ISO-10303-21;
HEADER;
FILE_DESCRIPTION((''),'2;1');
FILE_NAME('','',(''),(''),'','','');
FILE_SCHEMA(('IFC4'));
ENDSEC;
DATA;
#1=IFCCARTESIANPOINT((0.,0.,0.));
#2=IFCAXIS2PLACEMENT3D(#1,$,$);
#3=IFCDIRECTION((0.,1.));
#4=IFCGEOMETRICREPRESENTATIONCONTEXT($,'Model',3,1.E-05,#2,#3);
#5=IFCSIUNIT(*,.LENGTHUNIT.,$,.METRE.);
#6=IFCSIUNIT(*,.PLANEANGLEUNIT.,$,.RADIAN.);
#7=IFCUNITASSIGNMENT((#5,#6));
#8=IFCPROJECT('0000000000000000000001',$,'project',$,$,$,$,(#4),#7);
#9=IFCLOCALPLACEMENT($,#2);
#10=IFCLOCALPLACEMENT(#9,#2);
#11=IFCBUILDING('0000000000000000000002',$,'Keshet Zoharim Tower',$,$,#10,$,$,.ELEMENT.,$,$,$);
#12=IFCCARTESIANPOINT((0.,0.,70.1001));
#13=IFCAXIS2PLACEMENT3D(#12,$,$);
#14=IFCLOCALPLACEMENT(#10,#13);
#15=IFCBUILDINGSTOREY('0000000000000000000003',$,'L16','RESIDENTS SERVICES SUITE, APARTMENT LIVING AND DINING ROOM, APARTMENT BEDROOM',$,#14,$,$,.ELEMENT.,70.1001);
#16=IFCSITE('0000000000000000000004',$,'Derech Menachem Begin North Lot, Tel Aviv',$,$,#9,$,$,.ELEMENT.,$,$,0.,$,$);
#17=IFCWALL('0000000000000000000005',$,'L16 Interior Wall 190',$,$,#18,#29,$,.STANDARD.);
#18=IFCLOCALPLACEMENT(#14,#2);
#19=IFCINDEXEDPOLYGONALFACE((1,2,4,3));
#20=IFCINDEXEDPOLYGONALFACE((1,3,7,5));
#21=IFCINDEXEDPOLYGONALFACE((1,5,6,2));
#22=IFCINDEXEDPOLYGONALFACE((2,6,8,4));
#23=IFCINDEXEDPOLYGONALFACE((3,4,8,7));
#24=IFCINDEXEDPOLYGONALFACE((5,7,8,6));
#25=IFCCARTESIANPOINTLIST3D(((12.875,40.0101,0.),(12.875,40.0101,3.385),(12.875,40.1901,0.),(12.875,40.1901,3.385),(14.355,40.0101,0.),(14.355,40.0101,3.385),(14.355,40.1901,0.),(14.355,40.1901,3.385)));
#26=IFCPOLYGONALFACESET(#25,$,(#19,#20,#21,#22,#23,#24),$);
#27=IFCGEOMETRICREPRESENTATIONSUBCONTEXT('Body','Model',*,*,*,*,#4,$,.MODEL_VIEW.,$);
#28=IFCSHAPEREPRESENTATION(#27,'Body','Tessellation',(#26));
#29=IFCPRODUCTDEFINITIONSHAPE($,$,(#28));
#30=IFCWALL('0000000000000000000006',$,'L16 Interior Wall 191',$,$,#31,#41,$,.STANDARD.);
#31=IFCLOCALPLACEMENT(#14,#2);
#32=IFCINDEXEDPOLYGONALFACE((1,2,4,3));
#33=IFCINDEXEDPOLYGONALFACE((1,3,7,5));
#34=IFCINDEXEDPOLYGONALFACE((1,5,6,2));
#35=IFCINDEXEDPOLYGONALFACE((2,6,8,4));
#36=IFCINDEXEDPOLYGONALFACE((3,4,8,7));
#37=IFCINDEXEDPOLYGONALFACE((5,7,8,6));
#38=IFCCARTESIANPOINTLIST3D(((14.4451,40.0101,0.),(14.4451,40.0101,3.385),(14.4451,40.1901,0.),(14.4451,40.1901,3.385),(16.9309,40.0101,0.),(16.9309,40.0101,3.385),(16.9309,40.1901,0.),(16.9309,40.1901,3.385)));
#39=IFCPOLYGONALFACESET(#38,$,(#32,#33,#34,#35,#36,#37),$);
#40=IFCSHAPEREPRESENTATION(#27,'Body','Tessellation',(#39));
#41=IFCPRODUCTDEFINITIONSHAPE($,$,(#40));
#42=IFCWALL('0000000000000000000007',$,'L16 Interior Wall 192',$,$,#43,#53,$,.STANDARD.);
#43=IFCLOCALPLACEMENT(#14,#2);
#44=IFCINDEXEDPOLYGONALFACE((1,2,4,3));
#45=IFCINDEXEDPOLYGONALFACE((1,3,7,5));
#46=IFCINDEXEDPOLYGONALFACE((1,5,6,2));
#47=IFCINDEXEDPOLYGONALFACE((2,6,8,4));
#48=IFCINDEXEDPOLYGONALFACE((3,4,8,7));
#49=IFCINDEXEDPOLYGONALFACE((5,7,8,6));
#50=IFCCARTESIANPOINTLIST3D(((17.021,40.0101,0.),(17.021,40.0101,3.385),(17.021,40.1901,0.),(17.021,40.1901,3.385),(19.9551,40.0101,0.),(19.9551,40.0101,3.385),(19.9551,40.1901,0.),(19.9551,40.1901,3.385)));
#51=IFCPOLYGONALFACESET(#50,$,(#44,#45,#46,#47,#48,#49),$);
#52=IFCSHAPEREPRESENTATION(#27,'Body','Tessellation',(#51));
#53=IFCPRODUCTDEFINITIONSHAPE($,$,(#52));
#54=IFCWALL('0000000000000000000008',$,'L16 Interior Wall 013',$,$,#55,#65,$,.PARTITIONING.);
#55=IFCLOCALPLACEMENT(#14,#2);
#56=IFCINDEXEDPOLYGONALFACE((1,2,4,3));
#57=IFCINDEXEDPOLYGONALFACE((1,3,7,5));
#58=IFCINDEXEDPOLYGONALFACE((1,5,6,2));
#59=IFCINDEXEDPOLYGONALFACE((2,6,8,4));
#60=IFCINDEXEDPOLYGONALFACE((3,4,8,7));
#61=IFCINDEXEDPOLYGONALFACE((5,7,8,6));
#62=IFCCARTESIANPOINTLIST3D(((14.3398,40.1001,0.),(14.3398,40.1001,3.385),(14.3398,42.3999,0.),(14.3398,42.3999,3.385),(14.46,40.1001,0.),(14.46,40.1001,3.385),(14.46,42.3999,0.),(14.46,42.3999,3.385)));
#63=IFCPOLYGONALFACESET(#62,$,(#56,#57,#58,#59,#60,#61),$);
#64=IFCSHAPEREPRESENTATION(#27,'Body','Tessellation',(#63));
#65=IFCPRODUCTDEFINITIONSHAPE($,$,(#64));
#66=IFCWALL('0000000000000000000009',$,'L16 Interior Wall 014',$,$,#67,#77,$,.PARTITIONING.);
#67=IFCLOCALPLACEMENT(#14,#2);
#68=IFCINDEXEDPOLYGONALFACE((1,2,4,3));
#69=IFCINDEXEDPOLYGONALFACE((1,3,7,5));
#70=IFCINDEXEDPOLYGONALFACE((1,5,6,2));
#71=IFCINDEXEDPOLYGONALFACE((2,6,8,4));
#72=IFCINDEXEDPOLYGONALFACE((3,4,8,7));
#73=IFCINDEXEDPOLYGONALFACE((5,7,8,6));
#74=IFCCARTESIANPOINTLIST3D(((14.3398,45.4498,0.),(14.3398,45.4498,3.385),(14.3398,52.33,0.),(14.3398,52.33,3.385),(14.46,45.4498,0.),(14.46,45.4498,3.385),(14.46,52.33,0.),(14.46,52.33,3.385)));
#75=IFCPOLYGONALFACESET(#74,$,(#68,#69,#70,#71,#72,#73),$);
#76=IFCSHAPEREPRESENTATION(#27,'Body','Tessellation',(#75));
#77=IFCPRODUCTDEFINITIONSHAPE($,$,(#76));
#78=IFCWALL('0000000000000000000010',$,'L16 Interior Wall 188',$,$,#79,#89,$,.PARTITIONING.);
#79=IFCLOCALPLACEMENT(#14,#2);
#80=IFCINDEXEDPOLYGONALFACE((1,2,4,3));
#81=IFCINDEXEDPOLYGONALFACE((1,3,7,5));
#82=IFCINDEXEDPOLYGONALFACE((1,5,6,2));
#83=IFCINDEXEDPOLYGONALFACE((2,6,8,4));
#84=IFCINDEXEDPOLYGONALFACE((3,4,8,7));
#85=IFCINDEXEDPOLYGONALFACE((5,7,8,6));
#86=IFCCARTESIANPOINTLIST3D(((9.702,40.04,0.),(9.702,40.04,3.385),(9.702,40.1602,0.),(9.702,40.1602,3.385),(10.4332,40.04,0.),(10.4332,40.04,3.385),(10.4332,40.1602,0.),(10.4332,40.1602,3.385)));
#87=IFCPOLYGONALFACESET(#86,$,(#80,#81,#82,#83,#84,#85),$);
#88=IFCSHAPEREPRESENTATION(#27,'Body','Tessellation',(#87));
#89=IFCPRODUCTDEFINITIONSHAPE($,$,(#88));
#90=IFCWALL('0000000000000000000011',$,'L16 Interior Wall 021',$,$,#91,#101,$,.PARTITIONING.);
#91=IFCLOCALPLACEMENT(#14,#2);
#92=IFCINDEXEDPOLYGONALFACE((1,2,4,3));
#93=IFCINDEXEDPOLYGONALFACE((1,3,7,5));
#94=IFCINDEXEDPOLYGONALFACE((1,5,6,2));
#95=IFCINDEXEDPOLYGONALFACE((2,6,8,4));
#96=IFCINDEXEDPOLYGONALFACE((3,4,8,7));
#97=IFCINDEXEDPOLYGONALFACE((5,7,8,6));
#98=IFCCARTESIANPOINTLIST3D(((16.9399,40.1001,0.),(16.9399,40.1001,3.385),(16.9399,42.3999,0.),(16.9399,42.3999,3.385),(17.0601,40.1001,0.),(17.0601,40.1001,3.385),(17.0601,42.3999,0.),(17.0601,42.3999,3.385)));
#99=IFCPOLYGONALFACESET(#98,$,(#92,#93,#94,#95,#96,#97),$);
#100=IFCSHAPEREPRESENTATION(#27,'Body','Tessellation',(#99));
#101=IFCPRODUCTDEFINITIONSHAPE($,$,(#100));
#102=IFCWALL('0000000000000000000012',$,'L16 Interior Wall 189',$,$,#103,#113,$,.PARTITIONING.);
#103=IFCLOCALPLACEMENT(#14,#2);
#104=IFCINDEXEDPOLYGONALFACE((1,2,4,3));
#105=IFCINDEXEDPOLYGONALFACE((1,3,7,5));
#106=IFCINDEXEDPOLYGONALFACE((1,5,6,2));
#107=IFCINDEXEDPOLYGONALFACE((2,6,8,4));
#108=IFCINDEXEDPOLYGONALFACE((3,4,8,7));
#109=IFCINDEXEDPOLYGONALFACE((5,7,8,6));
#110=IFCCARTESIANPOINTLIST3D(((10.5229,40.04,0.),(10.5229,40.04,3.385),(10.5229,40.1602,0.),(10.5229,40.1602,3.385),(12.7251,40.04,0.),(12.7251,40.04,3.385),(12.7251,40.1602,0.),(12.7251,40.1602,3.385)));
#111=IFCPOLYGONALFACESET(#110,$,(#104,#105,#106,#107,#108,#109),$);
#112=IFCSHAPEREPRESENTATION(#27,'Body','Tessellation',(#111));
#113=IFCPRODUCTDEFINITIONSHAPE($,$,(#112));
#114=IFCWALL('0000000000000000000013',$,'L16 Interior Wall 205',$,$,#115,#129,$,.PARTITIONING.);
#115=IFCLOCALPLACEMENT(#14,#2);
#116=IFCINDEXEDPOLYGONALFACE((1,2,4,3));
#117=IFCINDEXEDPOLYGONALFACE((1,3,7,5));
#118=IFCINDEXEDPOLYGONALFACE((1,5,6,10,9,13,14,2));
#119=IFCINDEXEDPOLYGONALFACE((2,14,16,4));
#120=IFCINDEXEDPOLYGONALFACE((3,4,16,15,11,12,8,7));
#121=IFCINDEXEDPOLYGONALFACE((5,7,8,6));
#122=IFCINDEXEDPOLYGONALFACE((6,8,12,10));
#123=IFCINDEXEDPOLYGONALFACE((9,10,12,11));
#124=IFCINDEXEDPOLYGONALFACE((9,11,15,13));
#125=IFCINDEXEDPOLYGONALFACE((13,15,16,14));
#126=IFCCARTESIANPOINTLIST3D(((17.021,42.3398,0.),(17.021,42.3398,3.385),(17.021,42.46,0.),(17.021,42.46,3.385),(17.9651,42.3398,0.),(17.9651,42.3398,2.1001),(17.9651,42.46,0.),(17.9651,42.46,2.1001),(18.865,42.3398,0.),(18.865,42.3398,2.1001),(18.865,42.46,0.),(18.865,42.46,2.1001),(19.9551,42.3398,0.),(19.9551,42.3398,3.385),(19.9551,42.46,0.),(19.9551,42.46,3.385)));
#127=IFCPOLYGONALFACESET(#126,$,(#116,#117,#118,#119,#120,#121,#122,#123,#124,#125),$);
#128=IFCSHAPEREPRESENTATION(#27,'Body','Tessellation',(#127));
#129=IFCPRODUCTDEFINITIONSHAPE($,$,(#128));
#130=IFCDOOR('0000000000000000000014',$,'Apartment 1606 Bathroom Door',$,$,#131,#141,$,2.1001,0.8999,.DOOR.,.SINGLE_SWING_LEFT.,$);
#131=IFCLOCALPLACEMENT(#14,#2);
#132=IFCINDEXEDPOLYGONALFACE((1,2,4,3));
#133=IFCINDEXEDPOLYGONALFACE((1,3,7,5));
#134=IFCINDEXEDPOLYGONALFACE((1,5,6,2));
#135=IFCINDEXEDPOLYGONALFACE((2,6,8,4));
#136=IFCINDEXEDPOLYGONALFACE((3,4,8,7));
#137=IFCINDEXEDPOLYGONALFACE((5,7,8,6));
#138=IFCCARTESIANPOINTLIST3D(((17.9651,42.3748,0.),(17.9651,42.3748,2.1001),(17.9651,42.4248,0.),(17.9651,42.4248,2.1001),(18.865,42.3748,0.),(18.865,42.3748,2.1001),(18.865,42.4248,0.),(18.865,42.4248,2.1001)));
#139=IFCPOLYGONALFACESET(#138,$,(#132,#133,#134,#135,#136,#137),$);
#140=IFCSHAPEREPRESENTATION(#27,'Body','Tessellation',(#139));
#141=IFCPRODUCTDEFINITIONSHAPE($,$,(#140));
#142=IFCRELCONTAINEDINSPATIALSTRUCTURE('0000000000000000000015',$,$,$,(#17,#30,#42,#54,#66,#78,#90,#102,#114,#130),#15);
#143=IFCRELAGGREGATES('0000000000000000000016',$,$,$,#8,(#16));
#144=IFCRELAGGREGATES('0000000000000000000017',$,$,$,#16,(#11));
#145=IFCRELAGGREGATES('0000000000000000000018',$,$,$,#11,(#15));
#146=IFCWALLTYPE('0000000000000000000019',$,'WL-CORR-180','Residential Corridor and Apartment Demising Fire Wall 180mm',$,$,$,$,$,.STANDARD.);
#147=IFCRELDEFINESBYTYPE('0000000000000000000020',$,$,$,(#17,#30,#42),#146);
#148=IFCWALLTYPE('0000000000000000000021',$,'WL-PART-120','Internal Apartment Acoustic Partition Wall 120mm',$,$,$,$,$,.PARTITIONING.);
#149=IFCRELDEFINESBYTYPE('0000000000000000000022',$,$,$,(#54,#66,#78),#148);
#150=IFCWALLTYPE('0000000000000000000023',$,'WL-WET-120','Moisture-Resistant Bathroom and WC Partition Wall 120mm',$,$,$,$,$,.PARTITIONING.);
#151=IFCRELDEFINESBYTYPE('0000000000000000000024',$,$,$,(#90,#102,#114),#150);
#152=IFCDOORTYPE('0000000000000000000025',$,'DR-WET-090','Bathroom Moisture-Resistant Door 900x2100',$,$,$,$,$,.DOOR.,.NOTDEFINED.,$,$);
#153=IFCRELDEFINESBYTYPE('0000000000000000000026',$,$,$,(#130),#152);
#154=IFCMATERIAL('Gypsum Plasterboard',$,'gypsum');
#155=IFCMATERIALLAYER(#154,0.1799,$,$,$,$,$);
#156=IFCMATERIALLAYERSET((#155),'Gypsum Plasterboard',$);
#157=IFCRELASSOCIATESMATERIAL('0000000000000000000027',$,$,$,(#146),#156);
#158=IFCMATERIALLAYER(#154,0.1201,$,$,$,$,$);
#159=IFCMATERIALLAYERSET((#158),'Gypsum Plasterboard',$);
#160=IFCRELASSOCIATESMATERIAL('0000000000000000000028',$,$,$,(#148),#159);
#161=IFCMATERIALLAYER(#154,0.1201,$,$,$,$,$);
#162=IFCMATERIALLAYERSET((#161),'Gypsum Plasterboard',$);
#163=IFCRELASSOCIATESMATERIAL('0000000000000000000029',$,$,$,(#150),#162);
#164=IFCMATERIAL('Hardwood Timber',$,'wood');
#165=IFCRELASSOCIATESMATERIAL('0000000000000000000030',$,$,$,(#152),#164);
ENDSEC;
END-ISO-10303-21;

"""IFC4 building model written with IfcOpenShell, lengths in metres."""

from ifc_helpers import new_model, si_unit, direction, frame, frame_2d, origin, place, context, subcontext, project, spatial, rectangle, extrude, material, layer, layer_set, type_object, element, fill, save


model = new_model("IFC4")

# Units and contexts
model_context = context("Model", 3, precision=1e-05, world=origin(), true_north=direction((0.0, 1.0)))
body_context = subcontext(model_context, "Body", "Model", "MODEL_VIEW")
ifc_project = project(units=[si_unit("LENGTHUNIT", "METRE"), si_unit("PLANEANGLEUNIT", "RADIAN")], contexts=[model_context])

# Site, building, storey
site_placement = place(None, origin())
site = spatial("IfcSite", under=ifc_project, at=site_placement, Name="Derech Menachem Begin North Lot, Tel Aviv", CompositionType="ELEMENT", RefElevation=0.0)
building_placement = place(site_placement, origin())
building = spatial("IfcBuilding", under=site, at=building_placement, Name="Keshet Zoharim Tower", CompositionType="ELEMENT")
storey_placement = place(building_placement, frame((0.0, 0.0, 70.1001)))
storey = spatial("IfcBuildingStorey", under=building, at=storey_placement, Name="L16", Description="RESIDENTS SERVICES SUITE, APARTMENT LIVING AND DINING ROOM, APARTMENT BEDROOM", CompositionType="ELEMENT", Elevation=70.1001)

# Walls
ifc_material_1 = material(Name="Gypsum Plasterboard", Category="gypsum")
ifc_layer_1 = layer(ifc_material_1, 0.1799)
ifc_layer_set_1 = layer_set([ifc_layer_1], Name="Gypsum Plasterboard")
wall_type_1 = type_object("IfcWallType", Name="WL-CORR-180", Description="Residential Corridor and Apartment Demising Fire Wall 180mm", PredefinedType="STANDARD", material=ifc_layer_set_1)
wall_1_placement = place(storey_placement, frame((12.875, 40.1001, 0.0), z_axis=(0.0, 0.0, 1.0), x_axis=(1.0, 0.0, 0.0)))
element("IfcWall", 1, at=wall_1_placement, inside=storey, type_object=wall_type_1, Name="L16 Interior Wall 190", PredefinedType="STANDARD", context=body_context, shape_type="SweptSolid", body=[
    extrude(rectangle(XDim=1.48, YDim=0.1799, at=frame_2d((0.74, 0.0))), origin(), (0.0, 0.0, 1.0), 3.385),
])
wall_2_placement = place(storey_placement, frame((14.4451, 40.1001, 0.0), z_axis=(0.0, 0.0, 1.0), x_axis=(1.0, 0.0, 0.0)))
element("IfcWall", 2, at=wall_2_placement, inside=storey, type_object=wall_type_1, Name="L16 Interior Wall 191", PredefinedType="STANDARD", context=body_context, shape_type="SweptSolid", body=[
    extrude(rectangle(XDim=2.4858, YDim=0.1799, at=frame_2d((1.2429, 0.0))), origin(), (0.0, 0.0, 1.0), 3.385),
])
wall_3_placement = place(storey_placement, frame((17.021, 40.1001, 0.0), z_axis=(0.0, 0.0, 1.0), x_axis=(1.0, 0.0, 0.0)))
element("IfcWall", 3, at=wall_3_placement, inside=storey, type_object=wall_type_1, Name="L16 Interior Wall 192", PredefinedType="STANDARD", context=body_context, shape_type="SweptSolid", body=[
    extrude(rectangle(XDim=2.9341, YDim=0.1799, at=frame_2d((1.467, 0.0))), origin(), (0.0, 0.0, 1.0), 3.385),
])
ifc_layer_2 = layer(ifc_material_1, 0.1201)
ifc_layer_set_2 = layer_set([ifc_layer_2], Name="Gypsum Plasterboard")
wall_type_2 = type_object("IfcWallType", Name="WL-PART-120", Description="Internal Apartment Acoustic Partition Wall 120mm", PredefinedType="PARTITIONING", material=ifc_layer_set_2)
wall_4_placement = place(storey_placement, frame((14.3999, 40.1001, 0.0), z_axis=(0.0, 0.0, 1.0), x_axis=(0.0, 1.0, 0.0)))
element("IfcWall", 4, at=wall_4_placement, inside=storey, type_object=wall_type_2, Name="L16 Interior Wall 013", PredefinedType="PARTITIONING", context=body_context, shape_type="SweptSolid", body=[
    extrude(rectangle(XDim=2.2998, YDim=0.1201, at=frame_2d((1.1499, 0.0))), origin(), (0.0, 0.0, 1.0), 3.385),
])
wall_5_placement = place(storey_placement, frame((14.3999, 45.45, 0.0), z_axis=(0.0, 0.0, 1.0), x_axis=(0.0, 1.0, 0.0)))
element("IfcWall", 5, at=wall_5_placement, inside=storey, type_object=wall_type_2, Name="L16 Interior Wall 014", PredefinedType="PARTITIONING", context=body_context, shape_type="SweptSolid", body=[
    extrude(rectangle(XDim=6.8801, YDim=0.1201, at=frame_2d((3.4399, 0.0))), origin(), (0.0, 0.0, 1.0), 3.385),
])
wall_6_placement = place(storey_placement, frame((9.7019, 40.1001, 0.0), z_axis=(0.0, 0.0, 1.0), x_axis=(1.0, 0.0, 0.0)))
element("IfcWall", 6, at=wall_6_placement, inside=storey, type_object=wall_type_2, Name="L16 Interior Wall 188", PredefinedType="PARTITIONING", context=body_context, shape_type="SweptSolid", body=[
    extrude(rectangle(XDim=0.7312, YDim=0.1201, at=frame_2d((0.3657, 0.0))), origin(), (0.0, 0.0, 1.0), 3.385),
])

# Shared definitions
ifc_material_2 = material(Name="Hardwood Timber", Category="wood")

# Walls
ifc_layer_3 = layer(ifc_material_1, 0.1201)
ifc_layer_set_3 = layer_set([ifc_layer_3], Name="Gypsum Plasterboard")
wall_type_3 = type_object("IfcWallType", Name="WL-WET-120", Description="Moisture-Resistant Bathroom and WC Partition Wall 120mm", PredefinedType="PARTITIONING", material=ifc_layer_set_3)
wall_7_placement = place(storey_placement, frame((17.0, 40.1001, 0.0), z_axis=(0.0, 0.0, 1.0), x_axis=(0.0, 1.0, 0.0)))
element("IfcWall", 7, at=wall_7_placement, inside=storey, type_object=wall_type_3, Name="L16 Interior Wall 021", PredefinedType="PARTITIONING", context=body_context, shape_type="SweptSolid", body=[
    extrude(rectangle(XDim=2.2998, YDim=0.1201, at=frame_2d((1.1499, 0.0))), origin(), (0.0, 0.0, 1.0), 3.385),
])
wall_8_placement = place(storey_placement, frame((10.5229, 40.1001, 0.0), z_axis=(0.0, 0.0, 1.0), x_axis=(1.0, 0.0, 0.0)))
element("IfcWall", 8, at=wall_8_placement, inside=storey, type_object=wall_type_3, Name="L16 Interior Wall 189", PredefinedType="PARTITIONING", context=body_context, shape_type="SweptSolid", body=[
    extrude(rectangle(XDim=2.2021, YDim=0.1201, at=frame_2d((1.1011, 0.0))), origin(), (0.0, 0.0, 1.0), 3.385),
])

# Wall, opening, door
wall_9_placement = place(storey_placement, frame((17.021, 42.3999, 0.0), z_axis=(0.0, 0.0, 1.0), x_axis=(1.0, 0.0, 0.0)))
wall_9 = element("IfcWall", 9, at=wall_9_placement, inside=storey, type_object=wall_type_3, Name="L16 Interior Wall 205", PredefinedType="PARTITIONING", context=body_context, shape_type="SweptSolid", body=[
    extrude(rectangle(XDim=2.9341, YDim=0.1201, at=frame_2d((1.467, 0.0))), origin(), (0.0, 0.0, 1.0), 3.385),
])
opening_1_placement = place(wall_9_placement, frame((0.9441, 0.0, 0.0)))
opening_1 = element("IfcOpeningElement", 10, at=opening_1_placement, cuts=wall_9, PredefinedType="OPENING", context=body_context, shape_type="SweptSolid", body=[
    extrude(rectangle(XDim=0.8999, YDim=2.1001, at=frame_2d((0.45, 1.05))), frame((0.0, 0.0701, 0.0), z_axis=(0.0, -1.0, 0.0), x_axis=(1.0, 0.0, 0.0)), (0.0, 0.0, 1.0), 0.1401),
])
door_type_1 = type_object("IfcDoorType", Name="DR-WET-090", Description="Bathroom Moisture-Resistant Door 900x2100", OperationType="NOTDEFINED", PredefinedType="DOOR", material=ifc_material_2)
door_1_placement = place(opening_1_placement, origin())
door_1 = element("IfcDoor", 11, at=door_1_placement, inside=storey, type_object=door_type_1, Name="Apartment 1606 Bathroom Door", OperationType="SINGLE_SWING_LEFT", OverallHeight=2.1001, OverallWidth=0.8999, PredefinedType="DOOR", context=body_context, shape_type="SweptSolid", body=[
    extrude(rectangle(XDim=0.8999, YDim=2.1001, at=frame_2d((0.45, 1.05))), frame((0.0, 0.0249, 0.0), z_axis=(0.0, -1.0, 0.0), x_axis=(1.0, 0.0, 0.0)), (0.0, 0.0, 1.0), 0.05),
])
fill(opening_1, door_1)

save(model, "model.ifc")
